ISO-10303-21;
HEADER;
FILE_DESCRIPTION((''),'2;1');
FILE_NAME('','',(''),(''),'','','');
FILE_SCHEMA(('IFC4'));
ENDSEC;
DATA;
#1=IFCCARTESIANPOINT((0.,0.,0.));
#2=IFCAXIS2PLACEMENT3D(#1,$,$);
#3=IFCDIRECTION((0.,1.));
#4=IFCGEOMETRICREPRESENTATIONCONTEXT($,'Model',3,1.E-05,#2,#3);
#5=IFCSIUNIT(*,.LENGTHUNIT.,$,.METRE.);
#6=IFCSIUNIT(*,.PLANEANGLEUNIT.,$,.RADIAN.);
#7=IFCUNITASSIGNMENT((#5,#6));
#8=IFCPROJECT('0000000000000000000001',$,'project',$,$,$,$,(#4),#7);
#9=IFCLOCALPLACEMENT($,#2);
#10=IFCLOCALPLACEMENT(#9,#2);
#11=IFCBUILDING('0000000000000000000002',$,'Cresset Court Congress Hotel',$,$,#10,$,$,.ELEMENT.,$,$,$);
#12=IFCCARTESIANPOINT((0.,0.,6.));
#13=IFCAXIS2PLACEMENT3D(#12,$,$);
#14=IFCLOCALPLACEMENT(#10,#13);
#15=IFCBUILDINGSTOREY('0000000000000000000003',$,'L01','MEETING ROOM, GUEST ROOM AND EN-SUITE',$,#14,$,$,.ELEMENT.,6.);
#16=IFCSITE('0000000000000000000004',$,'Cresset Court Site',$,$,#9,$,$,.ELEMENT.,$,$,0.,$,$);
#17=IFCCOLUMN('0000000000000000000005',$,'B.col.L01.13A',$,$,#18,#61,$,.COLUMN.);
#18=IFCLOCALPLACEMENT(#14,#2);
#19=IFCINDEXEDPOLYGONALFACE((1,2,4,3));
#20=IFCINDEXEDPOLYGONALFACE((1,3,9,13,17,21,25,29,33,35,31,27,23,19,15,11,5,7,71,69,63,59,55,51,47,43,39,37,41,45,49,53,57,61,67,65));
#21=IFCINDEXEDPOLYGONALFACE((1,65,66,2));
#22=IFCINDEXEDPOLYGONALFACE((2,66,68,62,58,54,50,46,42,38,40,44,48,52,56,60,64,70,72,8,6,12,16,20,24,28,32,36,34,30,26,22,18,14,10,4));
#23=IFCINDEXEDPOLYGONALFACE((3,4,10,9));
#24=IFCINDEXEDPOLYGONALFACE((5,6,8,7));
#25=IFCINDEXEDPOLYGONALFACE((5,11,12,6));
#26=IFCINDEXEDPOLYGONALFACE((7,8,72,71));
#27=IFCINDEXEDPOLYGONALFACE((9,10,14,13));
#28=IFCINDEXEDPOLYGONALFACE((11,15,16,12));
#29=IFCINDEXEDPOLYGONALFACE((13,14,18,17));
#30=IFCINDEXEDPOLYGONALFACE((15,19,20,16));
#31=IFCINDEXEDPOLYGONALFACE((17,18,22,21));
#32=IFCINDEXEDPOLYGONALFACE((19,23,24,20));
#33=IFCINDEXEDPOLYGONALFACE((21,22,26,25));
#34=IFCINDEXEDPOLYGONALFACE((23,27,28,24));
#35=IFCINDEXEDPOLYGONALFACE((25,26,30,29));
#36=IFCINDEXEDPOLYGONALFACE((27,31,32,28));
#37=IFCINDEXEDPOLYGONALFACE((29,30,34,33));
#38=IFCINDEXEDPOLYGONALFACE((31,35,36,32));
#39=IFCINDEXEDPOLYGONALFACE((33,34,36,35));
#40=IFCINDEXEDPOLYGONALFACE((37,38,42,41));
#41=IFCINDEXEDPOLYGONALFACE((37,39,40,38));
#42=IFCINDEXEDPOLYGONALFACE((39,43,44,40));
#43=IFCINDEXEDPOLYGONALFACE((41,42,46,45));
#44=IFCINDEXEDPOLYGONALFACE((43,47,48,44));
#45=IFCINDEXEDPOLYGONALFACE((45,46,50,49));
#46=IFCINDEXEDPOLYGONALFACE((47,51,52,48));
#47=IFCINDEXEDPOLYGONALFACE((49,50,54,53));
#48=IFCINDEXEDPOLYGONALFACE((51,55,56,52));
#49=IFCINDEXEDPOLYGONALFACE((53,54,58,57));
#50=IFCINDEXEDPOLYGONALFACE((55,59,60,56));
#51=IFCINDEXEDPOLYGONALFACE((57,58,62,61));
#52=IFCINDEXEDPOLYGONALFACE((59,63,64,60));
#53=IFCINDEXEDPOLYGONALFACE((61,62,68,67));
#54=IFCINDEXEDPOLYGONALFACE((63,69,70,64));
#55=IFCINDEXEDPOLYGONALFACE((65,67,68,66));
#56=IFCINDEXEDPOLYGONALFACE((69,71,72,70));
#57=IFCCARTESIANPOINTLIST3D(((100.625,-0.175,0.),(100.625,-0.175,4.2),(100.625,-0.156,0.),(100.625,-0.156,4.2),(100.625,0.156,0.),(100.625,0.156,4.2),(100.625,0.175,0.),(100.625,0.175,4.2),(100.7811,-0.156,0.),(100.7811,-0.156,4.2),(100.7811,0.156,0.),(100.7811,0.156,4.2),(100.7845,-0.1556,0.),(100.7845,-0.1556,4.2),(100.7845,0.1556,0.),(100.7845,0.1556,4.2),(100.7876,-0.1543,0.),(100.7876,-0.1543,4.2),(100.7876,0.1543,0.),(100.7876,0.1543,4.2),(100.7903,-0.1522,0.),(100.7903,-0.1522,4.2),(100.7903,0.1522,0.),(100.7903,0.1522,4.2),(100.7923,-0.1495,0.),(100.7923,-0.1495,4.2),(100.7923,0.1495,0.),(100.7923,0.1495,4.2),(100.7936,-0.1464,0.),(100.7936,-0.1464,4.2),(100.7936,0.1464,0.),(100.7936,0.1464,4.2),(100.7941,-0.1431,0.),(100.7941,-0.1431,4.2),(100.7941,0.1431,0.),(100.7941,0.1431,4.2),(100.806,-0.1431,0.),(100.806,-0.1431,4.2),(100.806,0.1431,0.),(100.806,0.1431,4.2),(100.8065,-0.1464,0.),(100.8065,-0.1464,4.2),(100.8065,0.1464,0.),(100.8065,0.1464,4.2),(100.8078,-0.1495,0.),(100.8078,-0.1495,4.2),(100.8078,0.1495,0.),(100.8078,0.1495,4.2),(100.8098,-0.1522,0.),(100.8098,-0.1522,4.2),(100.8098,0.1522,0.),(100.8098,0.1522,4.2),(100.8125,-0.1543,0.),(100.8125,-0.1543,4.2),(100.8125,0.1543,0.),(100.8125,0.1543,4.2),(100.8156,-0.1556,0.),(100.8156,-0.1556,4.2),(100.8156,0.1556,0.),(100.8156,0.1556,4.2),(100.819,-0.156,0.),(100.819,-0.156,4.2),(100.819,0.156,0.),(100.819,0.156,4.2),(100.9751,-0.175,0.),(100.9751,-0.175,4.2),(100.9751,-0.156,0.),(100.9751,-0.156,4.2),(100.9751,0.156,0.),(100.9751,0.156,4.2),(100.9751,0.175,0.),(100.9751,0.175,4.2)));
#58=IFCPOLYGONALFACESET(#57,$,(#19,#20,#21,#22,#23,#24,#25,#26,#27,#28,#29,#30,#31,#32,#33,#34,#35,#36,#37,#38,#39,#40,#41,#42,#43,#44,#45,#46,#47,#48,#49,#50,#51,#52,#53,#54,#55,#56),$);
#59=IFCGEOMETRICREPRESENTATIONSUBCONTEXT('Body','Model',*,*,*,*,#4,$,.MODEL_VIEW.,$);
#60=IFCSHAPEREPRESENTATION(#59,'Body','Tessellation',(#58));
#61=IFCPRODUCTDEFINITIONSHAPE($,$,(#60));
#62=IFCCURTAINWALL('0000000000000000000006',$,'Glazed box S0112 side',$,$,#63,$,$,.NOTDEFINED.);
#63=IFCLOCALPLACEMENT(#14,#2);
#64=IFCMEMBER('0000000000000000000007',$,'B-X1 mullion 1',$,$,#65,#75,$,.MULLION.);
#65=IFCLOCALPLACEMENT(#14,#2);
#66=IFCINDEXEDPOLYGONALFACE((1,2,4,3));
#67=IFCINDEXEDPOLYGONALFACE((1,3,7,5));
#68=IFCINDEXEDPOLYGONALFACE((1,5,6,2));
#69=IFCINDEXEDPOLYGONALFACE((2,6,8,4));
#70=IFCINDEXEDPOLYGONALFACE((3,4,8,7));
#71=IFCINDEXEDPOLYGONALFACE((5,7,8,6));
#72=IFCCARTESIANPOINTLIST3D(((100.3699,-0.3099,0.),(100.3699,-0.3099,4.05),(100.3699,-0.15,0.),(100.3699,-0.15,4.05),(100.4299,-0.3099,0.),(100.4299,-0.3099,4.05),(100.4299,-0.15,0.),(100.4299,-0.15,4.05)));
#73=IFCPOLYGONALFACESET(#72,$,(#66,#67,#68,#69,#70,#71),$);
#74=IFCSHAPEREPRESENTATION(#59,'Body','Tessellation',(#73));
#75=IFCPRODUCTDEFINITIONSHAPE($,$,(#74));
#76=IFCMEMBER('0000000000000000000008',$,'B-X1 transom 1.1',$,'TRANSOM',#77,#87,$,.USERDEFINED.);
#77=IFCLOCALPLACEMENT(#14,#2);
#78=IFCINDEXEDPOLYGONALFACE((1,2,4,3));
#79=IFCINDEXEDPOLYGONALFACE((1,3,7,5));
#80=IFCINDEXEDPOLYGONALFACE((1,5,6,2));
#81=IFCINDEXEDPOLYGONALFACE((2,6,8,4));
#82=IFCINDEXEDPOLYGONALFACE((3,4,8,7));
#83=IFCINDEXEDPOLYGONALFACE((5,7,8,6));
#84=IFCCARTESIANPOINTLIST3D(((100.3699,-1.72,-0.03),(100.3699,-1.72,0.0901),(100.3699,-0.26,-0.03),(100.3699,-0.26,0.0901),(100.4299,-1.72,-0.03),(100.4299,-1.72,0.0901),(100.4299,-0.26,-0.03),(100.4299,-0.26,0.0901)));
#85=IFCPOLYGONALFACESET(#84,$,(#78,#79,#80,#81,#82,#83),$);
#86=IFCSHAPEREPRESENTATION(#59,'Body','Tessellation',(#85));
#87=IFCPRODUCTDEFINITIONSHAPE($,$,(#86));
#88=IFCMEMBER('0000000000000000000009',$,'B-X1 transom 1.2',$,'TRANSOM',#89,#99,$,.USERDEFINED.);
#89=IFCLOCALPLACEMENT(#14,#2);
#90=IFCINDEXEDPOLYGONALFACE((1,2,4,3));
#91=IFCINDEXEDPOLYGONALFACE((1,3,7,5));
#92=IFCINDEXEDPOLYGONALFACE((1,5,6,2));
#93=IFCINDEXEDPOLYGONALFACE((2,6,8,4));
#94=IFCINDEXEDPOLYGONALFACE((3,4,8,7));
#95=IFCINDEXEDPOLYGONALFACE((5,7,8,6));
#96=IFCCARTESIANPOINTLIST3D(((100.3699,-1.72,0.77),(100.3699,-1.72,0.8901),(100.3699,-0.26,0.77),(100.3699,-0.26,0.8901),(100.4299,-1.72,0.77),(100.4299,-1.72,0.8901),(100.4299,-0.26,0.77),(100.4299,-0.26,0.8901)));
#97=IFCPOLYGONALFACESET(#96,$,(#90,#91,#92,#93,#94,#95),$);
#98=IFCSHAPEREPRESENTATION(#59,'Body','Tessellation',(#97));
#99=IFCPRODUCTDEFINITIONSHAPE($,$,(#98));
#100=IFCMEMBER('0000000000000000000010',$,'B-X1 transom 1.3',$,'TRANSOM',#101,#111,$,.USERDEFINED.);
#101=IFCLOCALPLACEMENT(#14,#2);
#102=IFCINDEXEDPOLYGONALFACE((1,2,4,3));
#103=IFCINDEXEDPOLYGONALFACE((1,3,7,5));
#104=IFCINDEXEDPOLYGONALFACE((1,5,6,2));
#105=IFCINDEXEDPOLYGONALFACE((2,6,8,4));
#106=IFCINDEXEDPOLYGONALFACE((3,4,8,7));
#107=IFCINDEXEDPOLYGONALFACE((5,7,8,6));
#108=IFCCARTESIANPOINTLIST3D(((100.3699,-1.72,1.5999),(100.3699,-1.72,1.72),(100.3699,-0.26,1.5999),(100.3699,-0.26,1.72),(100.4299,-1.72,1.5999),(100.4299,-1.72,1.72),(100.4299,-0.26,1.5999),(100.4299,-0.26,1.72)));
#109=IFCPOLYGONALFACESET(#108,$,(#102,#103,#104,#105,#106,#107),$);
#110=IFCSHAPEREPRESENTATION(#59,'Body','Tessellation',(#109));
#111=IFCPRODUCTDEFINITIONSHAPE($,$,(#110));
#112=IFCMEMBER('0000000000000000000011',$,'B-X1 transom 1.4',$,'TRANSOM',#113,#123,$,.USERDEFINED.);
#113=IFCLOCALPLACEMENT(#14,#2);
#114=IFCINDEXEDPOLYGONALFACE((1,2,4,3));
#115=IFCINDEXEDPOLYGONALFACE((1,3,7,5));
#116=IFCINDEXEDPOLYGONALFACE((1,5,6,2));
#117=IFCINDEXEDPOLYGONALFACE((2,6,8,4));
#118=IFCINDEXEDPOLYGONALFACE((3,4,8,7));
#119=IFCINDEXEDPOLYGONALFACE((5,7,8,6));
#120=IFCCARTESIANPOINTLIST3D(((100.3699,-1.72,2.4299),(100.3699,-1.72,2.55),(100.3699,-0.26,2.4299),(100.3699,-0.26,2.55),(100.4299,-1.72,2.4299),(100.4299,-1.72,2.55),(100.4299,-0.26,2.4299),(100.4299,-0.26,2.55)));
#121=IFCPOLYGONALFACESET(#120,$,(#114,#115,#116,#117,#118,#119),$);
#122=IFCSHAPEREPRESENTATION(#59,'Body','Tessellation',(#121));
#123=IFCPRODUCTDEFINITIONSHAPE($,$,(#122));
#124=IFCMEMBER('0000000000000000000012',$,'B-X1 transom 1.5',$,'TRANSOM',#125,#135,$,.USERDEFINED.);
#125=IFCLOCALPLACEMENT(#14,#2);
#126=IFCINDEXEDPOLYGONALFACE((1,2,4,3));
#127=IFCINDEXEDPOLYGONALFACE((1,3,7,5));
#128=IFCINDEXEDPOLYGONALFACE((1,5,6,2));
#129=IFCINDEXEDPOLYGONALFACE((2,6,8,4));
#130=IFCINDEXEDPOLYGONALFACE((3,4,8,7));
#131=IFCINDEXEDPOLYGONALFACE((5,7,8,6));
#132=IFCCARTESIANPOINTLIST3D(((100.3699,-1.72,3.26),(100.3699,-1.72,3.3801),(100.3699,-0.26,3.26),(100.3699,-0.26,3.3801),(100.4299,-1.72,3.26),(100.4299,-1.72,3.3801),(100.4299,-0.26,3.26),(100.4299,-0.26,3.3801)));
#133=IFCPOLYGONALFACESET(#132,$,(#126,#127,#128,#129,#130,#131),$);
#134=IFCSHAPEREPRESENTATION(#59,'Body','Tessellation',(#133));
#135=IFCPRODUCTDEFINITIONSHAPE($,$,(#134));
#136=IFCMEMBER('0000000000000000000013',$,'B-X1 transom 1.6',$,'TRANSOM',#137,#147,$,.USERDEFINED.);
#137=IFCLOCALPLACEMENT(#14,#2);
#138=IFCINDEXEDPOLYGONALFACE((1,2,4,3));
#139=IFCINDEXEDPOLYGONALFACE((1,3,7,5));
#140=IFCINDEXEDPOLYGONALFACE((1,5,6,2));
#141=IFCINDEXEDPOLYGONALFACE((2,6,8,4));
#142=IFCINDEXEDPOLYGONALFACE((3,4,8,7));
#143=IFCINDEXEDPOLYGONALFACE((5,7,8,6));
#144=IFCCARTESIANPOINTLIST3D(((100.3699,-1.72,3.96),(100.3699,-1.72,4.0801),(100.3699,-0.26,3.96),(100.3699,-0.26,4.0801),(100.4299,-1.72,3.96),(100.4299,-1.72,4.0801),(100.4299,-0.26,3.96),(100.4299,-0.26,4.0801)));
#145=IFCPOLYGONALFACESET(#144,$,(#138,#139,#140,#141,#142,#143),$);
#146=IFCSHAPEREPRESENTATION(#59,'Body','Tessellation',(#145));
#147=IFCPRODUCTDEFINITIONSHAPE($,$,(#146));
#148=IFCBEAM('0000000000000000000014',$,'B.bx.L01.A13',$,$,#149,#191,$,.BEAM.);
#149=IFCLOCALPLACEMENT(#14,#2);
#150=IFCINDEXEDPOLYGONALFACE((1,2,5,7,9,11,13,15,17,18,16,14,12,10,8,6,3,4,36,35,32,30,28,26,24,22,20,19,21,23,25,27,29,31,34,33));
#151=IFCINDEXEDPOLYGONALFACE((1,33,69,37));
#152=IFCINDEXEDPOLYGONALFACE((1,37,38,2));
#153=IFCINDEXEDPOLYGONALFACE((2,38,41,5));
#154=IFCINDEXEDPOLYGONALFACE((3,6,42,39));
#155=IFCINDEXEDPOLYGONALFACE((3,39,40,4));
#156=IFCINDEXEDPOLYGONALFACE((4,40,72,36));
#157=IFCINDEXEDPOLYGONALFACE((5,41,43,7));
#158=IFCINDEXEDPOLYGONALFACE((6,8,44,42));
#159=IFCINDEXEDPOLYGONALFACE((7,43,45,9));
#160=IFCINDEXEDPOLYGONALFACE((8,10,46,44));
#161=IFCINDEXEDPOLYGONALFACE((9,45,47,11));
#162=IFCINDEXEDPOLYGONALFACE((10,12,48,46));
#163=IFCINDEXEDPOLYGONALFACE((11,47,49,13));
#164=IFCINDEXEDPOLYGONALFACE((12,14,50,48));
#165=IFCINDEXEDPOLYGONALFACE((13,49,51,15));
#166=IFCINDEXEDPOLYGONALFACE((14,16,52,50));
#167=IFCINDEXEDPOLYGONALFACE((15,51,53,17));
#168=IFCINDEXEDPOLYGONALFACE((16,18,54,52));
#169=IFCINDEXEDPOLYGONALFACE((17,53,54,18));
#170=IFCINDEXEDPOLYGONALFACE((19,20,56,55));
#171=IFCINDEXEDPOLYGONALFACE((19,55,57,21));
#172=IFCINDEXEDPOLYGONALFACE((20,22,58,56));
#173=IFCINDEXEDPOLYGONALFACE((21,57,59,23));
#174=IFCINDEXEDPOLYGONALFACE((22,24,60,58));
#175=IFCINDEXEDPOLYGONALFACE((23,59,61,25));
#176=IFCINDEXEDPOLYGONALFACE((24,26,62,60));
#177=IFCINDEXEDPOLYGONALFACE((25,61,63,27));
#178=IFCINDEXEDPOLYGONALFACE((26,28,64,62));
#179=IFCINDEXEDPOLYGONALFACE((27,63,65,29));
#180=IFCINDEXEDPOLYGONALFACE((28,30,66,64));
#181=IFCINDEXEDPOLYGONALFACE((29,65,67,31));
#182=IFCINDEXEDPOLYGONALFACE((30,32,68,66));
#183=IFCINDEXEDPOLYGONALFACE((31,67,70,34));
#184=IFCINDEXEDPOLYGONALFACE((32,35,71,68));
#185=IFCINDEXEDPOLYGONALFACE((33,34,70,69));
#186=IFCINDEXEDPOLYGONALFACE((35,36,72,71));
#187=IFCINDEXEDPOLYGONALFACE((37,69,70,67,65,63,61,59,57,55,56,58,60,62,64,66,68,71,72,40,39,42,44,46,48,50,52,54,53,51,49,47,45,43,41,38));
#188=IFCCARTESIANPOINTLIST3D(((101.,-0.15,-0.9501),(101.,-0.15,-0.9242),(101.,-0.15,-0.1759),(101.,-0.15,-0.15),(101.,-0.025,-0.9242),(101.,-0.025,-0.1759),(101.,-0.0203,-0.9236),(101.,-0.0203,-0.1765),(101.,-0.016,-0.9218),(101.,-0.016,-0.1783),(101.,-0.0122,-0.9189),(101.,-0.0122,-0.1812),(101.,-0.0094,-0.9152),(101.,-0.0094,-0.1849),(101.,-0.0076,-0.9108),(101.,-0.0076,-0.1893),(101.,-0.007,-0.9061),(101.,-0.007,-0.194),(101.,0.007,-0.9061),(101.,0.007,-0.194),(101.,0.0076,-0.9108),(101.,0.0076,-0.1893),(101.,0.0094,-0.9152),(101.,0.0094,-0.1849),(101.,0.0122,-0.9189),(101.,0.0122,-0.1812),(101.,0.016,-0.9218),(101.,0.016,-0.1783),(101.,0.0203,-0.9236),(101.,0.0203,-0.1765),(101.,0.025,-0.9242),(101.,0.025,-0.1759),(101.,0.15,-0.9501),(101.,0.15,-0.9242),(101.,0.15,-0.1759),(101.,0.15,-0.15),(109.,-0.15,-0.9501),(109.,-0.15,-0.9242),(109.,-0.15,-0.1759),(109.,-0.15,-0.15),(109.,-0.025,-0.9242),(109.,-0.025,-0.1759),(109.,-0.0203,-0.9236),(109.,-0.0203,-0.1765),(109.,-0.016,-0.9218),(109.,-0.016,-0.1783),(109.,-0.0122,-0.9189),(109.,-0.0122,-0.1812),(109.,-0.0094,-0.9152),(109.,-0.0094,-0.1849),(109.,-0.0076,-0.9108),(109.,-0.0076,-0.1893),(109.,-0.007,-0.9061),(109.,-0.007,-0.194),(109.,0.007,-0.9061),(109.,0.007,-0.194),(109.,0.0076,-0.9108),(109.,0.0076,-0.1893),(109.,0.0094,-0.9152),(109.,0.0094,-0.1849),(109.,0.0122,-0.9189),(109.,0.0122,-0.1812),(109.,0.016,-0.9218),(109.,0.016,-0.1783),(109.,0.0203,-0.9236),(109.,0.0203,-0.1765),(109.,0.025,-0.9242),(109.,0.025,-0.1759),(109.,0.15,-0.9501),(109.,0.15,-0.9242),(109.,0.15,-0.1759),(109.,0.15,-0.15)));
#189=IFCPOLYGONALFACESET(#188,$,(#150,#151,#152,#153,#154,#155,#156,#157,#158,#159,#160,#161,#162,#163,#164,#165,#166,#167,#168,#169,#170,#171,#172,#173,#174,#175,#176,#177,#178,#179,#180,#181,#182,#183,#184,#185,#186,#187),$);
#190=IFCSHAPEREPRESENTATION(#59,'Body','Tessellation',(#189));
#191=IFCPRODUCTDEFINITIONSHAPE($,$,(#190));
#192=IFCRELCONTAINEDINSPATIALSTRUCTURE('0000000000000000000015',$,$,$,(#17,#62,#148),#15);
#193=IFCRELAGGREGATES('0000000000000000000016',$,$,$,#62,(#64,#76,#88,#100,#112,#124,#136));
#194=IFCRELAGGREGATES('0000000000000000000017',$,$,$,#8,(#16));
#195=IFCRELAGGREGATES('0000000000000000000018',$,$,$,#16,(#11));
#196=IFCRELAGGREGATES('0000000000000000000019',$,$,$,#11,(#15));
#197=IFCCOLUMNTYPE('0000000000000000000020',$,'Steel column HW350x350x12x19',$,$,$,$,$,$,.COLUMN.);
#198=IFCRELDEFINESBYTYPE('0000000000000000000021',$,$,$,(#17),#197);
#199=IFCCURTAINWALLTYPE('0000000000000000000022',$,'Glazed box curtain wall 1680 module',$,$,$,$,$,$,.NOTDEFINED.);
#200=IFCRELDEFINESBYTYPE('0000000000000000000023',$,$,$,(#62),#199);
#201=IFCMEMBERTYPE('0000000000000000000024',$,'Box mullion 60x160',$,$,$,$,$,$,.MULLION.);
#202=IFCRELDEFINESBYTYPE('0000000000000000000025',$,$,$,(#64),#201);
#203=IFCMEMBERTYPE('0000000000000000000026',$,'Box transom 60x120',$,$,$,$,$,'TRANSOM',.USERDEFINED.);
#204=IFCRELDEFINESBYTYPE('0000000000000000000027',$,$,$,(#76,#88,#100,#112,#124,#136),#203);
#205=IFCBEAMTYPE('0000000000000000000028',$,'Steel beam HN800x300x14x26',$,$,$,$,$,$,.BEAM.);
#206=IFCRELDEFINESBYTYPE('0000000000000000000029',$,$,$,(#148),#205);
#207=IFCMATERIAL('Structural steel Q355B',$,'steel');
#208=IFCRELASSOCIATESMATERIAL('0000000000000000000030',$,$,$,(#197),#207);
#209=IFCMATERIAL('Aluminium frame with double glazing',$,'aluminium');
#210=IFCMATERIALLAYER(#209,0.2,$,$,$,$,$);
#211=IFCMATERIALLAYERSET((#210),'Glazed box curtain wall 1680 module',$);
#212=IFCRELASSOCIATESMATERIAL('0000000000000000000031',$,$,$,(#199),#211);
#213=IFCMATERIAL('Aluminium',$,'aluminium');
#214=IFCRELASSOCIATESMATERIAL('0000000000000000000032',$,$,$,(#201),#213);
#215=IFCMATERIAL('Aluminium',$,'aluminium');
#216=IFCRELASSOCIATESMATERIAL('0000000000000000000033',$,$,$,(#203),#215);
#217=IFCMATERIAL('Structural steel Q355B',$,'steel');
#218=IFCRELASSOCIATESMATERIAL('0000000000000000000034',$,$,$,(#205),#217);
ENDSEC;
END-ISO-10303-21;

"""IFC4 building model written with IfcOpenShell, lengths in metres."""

from ifc_helpers import new_model, si_unit, direction, frame, origin, origin_2d, place, context, subcontext, project, spatial, rectangle, i_section, extrude, material, layer, layer_set, material_profile, profile_set, type_object, element, aggregate, save


model = new_model("IFC4")

# Units and contexts
model_context = context("Model", 3, precision=1e-05, world=origin(), true_north=direction((0.0, 1.0)))
body_context = subcontext(model_context, "Body", "Model", "MODEL_VIEW")
ifc_project = project(units=[si_unit("LENGTHUNIT", "METRE"), si_unit("PLANEANGLEUNIT", "RADIAN")], contexts=[model_context])

# Site, building, storey
site_placement = place(None, origin())
site = spatial("IfcSite", under=ifc_project, at=site_placement, Name="Cresset Court Site", CompositionType="ELEMENT", RefElevation=0.0)
building_placement = place(site_placement, origin())
building = spatial("IfcBuilding", under=site, at=building_placement, Name="Cresset Court Congress Hotel", CompositionType="ELEMENT")
storey_placement = place(building_placement, frame((0.0, 0.0, 6.0)))
storey = spatial("IfcBuildingStorey", under=building, at=storey_placement, Name="L01", Description="MEETING ROOM, GUEST ROOM AND EN-SUITE", CompositionType="ELEMENT", Elevation=6.0)

# Column
ifc_material_1 = material(Name="Structural steel Q355B", Category="steel")
ifc_material_profile_1 = material_profile(ifc_material_1, i_section(OverallWidth=0.3501, OverallDepth=0.3501, WebThickness=0.012, FlangeThickness=0.019, FilletRadius=0.0129, at=origin_2d()), Name="HW350x350x12x19")
ifc_profile_set_1 = profile_set([ifc_material_profile_1], Name="Structural steel Q355B")
column_type = type_object("IfcColumnType", Name="Steel column HW350x350x12x19", PredefinedType="COLUMN", material=ifc_profile_set_1)
column_placement = place(storey_placement, frame((100.8, 0.0, 0.0), z_axis=(0.0, 0.0, 1.0), x_axis=(1.0, 0.0, 0.0)))
element("IfcColumn", 1, at=column_placement, inside=storey, type_object=column_type, Name="B.col.L01.13A", PredefinedType="COLUMN", context=body_context, shape_type="SweptSolid", body=[
    extrude(i_section(OverallWidth=0.3501, OverallDepth=0.3501, WebThickness=0.012, FlangeThickness=0.019, FilletRadius=0.0129, at=origin_2d()), origin(), (0.0, 0.0, 1.0), 4.2),
])

# Curtain wall, members
ifc_material_2 = material(Name="Aluminium frame with double glazing", Category="aluminium")
ifc_layer_1 = layer(ifc_material_2, 0.2)
ifc_layer_set_1 = layer_set([ifc_layer_1], Name="Glazed box curtain wall 1680 module")
curtain_wall_type = type_object("IfcCurtainWallType", Name="Glazed box curtain wall 1680 module", PredefinedType="NOTDEFINED", material=ifc_layer_set_1)
curtain_wall_placement = place(storey_placement, origin())
curtain_wall = element("IfcCurtainWall", 2, at=curtain_wall_placement, inside=storey, type_object=curtain_wall_type, Name="Glazed box S0112 side", PredefinedType="NOTDEFINED")
ifc_material_3 = material(Name="Aluminium", Category="aluminium")
ifc_material_profile_2 = material_profile(ifc_material_3, rectangle(XDim=0.0601, YDim=0.1599, at=origin_2d()), Name="Box mullion 60x160")
ifc_profile_set_2 = profile_set([ifc_material_profile_2], Name="Aluminium")
member_type_1 = type_object("IfcMemberType", Name="Box mullion 60x160", PredefinedType="MULLION", material=ifc_profile_set_2)
member_1_placement = place(storey_placement, frame((100.3999, -0.23, 0.0), z_axis=(0.0, 0.0, 1.0), x_axis=(1.0, 0.0, 0.0)))
member_1 = element("IfcMember", 3, at=member_1_placement, type_object=member_type_1, Name="B-X1 mullion 1", PredefinedType="MULLION", context=body_context, shape_type="SweptSolid", body=[
    extrude(rectangle(XDim=0.0601, YDim=0.1599, at=origin_2d()), origin(), (0.0, 0.0, 1.0), 4.05),
])
ifc_material_4 = material(Name="Aluminium", Category="aluminium")
ifc_material_profile_3 = material_profile(ifc_material_4, rectangle(XDim=0.0601, YDim=0.1201, at=origin_2d()), Name="Box transom 60x120")
ifc_profile_set_3 = profile_set([ifc_material_profile_3], Name="Aluminium")
member_type_2 = type_object("IfcMemberType", Name="Box transom 60x120", ElementType="TRANSOM", PredefinedType="USERDEFINED", material=ifc_profile_set_3)
member_2_placement = place(storey_placement, frame((100.3999, -0.26, 0.03), z_axis=(0.0, -1.0, 0.0), x_axis=(1.0, 0.0, 0.0)))
member_2 = element("IfcMember", 4, at=member_2_placement, type_object=member_type_2, Name="B-X1 transom 1.1", ObjectType="TRANSOM", PredefinedType="USERDEFINED", context=body_context, shape_type="SweptSolid", body=[
    extrude(rectangle(XDim=0.0601, YDim=0.1201, at=origin_2d()), origin(), (0.0, 0.0, 1.0), 1.46),
])
member_3_placement = place(storey_placement, frame((100.3999, -0.26, 0.8301), z_axis=(0.0, -1.0, 0.0), x_axis=(1.0, 0.0, 0.0)))
member_3 = element("IfcMember", 5, at=member_3_placement, type_object=member_type_2, Name="B-X1 transom 1.2", ObjectType="TRANSOM", PredefinedType="USERDEFINED", context=body_context, shape_type="SweptSolid", body=[
    extrude(rectangle(XDim=0.0601, YDim=0.1201, at=origin_2d()), origin(), (0.0, 0.0, 1.0), 1.46),
])
member_4_placement = place(storey_placement, frame((100.3999, -0.26, 1.6599), z_axis=(0.0, -1.0, 0.0), x_axis=(1.0, 0.0, 0.0)))
member_4 = element("IfcMember", 6, at=member_4_placement, type_object=member_type_2, Name="B-X1 transom 1.3", ObjectType="TRANSOM", PredefinedType="USERDEFINED", context=body_context, shape_type="SweptSolid", body=[
    extrude(rectangle(XDim=0.0601, YDim=0.1201, at=origin_2d()), origin(), (0.0, 0.0, 1.0), 1.46),
])
member_5_placement = place(storey_placement, frame((100.3999, -0.26, 2.49), z_axis=(0.0, -1.0, 0.0), x_axis=(1.0, 0.0, 0.0)))
member_5 = element("IfcMember", 7, at=member_5_placement, type_object=member_type_2, Name="B-X1 transom 1.4", ObjectType="TRANSOM", PredefinedType="USERDEFINED", context=body_context, shape_type="SweptSolid", body=[
    extrude(rectangle(XDim=0.0601, YDim=0.1201, at=origin_2d()), origin(), (0.0, 0.0, 1.0), 1.46),
])
member_6_placement = place(storey_placement, frame((100.3999, -0.26, 3.3201), z_axis=(0.0, -1.0, 0.0), x_axis=(1.0, 0.0, 0.0)))
member_6 = element("IfcMember", 8, at=member_6_placement, type_object=member_type_2, Name="B-X1 transom 1.5", ObjectType="TRANSOM", PredefinedType="USERDEFINED", context=body_context, shape_type="SweptSolid", body=[
    extrude(rectangle(XDim=0.0601, YDim=0.1201, at=origin_2d()), origin(), (0.0, 0.0, 1.0), 1.46),
])
member_7_placement = place(storey_placement, frame((100.3999, -0.26, 4.02), z_axis=(0.0, -1.0, 0.0), x_axis=(1.0, 0.0, 0.0)))
member_7 = element("IfcMember", 9, at=member_7_placement, type_object=member_type_2, Name="B-X1 transom 1.6", ObjectType="TRANSOM", PredefinedType="USERDEFINED", context=body_context, shape_type="SweptSolid", body=[
    extrude(rectangle(XDim=0.0601, YDim=0.1201, at=origin_2d()), origin(), (0.0, 0.0, 1.0), 1.46),
])

# Beam
ifc_material_5 = material(Name="Structural steel Q355B", Category="steel")
ifc_material_profile_4 = material_profile(ifc_material_5, i_section(OverallWidth=0.3, OverallDepth=0.8, WebThickness=0.0139, FlangeThickness=0.0259, FilletRadius=0.0181, at=origin_2d()), Name="HN800x300x14x26")
ifc_profile_set_4 = profile_set([ifc_material_profile_4], Name="Structural steel Q355B")
beam_type = type_object("IfcBeamType", Name="Steel beam HN800x300x14x26", PredefinedType="BEAM", material=ifc_profile_set_4)
beam_placement = place(storey_placement, frame((101.0, 0.0, -0.55), z_axis=(1.0, 0.0, 0.0), x_axis=(0.0, 1.0, 0.0)))
element("IfcBeam", 10, at=beam_placement, inside=storey, type_object=beam_type, Name="B.bx.L01.A13", PredefinedType="BEAM", context=body_context, shape_type="SweptSolid", body=[
    extrude(i_section(OverallWidth=0.3, OverallDepth=0.8, WebThickness=0.0139, FlangeThickness=0.0259, FilletRadius=0.0181, at=origin_2d()), origin(), (0.0, 0.0, 1.0), 8.0),
])

aggregate(curtain_wall, [member_1, member_2, member_3, member_4, member_5, member_6, member_7])

save(model, "model.ifc")
